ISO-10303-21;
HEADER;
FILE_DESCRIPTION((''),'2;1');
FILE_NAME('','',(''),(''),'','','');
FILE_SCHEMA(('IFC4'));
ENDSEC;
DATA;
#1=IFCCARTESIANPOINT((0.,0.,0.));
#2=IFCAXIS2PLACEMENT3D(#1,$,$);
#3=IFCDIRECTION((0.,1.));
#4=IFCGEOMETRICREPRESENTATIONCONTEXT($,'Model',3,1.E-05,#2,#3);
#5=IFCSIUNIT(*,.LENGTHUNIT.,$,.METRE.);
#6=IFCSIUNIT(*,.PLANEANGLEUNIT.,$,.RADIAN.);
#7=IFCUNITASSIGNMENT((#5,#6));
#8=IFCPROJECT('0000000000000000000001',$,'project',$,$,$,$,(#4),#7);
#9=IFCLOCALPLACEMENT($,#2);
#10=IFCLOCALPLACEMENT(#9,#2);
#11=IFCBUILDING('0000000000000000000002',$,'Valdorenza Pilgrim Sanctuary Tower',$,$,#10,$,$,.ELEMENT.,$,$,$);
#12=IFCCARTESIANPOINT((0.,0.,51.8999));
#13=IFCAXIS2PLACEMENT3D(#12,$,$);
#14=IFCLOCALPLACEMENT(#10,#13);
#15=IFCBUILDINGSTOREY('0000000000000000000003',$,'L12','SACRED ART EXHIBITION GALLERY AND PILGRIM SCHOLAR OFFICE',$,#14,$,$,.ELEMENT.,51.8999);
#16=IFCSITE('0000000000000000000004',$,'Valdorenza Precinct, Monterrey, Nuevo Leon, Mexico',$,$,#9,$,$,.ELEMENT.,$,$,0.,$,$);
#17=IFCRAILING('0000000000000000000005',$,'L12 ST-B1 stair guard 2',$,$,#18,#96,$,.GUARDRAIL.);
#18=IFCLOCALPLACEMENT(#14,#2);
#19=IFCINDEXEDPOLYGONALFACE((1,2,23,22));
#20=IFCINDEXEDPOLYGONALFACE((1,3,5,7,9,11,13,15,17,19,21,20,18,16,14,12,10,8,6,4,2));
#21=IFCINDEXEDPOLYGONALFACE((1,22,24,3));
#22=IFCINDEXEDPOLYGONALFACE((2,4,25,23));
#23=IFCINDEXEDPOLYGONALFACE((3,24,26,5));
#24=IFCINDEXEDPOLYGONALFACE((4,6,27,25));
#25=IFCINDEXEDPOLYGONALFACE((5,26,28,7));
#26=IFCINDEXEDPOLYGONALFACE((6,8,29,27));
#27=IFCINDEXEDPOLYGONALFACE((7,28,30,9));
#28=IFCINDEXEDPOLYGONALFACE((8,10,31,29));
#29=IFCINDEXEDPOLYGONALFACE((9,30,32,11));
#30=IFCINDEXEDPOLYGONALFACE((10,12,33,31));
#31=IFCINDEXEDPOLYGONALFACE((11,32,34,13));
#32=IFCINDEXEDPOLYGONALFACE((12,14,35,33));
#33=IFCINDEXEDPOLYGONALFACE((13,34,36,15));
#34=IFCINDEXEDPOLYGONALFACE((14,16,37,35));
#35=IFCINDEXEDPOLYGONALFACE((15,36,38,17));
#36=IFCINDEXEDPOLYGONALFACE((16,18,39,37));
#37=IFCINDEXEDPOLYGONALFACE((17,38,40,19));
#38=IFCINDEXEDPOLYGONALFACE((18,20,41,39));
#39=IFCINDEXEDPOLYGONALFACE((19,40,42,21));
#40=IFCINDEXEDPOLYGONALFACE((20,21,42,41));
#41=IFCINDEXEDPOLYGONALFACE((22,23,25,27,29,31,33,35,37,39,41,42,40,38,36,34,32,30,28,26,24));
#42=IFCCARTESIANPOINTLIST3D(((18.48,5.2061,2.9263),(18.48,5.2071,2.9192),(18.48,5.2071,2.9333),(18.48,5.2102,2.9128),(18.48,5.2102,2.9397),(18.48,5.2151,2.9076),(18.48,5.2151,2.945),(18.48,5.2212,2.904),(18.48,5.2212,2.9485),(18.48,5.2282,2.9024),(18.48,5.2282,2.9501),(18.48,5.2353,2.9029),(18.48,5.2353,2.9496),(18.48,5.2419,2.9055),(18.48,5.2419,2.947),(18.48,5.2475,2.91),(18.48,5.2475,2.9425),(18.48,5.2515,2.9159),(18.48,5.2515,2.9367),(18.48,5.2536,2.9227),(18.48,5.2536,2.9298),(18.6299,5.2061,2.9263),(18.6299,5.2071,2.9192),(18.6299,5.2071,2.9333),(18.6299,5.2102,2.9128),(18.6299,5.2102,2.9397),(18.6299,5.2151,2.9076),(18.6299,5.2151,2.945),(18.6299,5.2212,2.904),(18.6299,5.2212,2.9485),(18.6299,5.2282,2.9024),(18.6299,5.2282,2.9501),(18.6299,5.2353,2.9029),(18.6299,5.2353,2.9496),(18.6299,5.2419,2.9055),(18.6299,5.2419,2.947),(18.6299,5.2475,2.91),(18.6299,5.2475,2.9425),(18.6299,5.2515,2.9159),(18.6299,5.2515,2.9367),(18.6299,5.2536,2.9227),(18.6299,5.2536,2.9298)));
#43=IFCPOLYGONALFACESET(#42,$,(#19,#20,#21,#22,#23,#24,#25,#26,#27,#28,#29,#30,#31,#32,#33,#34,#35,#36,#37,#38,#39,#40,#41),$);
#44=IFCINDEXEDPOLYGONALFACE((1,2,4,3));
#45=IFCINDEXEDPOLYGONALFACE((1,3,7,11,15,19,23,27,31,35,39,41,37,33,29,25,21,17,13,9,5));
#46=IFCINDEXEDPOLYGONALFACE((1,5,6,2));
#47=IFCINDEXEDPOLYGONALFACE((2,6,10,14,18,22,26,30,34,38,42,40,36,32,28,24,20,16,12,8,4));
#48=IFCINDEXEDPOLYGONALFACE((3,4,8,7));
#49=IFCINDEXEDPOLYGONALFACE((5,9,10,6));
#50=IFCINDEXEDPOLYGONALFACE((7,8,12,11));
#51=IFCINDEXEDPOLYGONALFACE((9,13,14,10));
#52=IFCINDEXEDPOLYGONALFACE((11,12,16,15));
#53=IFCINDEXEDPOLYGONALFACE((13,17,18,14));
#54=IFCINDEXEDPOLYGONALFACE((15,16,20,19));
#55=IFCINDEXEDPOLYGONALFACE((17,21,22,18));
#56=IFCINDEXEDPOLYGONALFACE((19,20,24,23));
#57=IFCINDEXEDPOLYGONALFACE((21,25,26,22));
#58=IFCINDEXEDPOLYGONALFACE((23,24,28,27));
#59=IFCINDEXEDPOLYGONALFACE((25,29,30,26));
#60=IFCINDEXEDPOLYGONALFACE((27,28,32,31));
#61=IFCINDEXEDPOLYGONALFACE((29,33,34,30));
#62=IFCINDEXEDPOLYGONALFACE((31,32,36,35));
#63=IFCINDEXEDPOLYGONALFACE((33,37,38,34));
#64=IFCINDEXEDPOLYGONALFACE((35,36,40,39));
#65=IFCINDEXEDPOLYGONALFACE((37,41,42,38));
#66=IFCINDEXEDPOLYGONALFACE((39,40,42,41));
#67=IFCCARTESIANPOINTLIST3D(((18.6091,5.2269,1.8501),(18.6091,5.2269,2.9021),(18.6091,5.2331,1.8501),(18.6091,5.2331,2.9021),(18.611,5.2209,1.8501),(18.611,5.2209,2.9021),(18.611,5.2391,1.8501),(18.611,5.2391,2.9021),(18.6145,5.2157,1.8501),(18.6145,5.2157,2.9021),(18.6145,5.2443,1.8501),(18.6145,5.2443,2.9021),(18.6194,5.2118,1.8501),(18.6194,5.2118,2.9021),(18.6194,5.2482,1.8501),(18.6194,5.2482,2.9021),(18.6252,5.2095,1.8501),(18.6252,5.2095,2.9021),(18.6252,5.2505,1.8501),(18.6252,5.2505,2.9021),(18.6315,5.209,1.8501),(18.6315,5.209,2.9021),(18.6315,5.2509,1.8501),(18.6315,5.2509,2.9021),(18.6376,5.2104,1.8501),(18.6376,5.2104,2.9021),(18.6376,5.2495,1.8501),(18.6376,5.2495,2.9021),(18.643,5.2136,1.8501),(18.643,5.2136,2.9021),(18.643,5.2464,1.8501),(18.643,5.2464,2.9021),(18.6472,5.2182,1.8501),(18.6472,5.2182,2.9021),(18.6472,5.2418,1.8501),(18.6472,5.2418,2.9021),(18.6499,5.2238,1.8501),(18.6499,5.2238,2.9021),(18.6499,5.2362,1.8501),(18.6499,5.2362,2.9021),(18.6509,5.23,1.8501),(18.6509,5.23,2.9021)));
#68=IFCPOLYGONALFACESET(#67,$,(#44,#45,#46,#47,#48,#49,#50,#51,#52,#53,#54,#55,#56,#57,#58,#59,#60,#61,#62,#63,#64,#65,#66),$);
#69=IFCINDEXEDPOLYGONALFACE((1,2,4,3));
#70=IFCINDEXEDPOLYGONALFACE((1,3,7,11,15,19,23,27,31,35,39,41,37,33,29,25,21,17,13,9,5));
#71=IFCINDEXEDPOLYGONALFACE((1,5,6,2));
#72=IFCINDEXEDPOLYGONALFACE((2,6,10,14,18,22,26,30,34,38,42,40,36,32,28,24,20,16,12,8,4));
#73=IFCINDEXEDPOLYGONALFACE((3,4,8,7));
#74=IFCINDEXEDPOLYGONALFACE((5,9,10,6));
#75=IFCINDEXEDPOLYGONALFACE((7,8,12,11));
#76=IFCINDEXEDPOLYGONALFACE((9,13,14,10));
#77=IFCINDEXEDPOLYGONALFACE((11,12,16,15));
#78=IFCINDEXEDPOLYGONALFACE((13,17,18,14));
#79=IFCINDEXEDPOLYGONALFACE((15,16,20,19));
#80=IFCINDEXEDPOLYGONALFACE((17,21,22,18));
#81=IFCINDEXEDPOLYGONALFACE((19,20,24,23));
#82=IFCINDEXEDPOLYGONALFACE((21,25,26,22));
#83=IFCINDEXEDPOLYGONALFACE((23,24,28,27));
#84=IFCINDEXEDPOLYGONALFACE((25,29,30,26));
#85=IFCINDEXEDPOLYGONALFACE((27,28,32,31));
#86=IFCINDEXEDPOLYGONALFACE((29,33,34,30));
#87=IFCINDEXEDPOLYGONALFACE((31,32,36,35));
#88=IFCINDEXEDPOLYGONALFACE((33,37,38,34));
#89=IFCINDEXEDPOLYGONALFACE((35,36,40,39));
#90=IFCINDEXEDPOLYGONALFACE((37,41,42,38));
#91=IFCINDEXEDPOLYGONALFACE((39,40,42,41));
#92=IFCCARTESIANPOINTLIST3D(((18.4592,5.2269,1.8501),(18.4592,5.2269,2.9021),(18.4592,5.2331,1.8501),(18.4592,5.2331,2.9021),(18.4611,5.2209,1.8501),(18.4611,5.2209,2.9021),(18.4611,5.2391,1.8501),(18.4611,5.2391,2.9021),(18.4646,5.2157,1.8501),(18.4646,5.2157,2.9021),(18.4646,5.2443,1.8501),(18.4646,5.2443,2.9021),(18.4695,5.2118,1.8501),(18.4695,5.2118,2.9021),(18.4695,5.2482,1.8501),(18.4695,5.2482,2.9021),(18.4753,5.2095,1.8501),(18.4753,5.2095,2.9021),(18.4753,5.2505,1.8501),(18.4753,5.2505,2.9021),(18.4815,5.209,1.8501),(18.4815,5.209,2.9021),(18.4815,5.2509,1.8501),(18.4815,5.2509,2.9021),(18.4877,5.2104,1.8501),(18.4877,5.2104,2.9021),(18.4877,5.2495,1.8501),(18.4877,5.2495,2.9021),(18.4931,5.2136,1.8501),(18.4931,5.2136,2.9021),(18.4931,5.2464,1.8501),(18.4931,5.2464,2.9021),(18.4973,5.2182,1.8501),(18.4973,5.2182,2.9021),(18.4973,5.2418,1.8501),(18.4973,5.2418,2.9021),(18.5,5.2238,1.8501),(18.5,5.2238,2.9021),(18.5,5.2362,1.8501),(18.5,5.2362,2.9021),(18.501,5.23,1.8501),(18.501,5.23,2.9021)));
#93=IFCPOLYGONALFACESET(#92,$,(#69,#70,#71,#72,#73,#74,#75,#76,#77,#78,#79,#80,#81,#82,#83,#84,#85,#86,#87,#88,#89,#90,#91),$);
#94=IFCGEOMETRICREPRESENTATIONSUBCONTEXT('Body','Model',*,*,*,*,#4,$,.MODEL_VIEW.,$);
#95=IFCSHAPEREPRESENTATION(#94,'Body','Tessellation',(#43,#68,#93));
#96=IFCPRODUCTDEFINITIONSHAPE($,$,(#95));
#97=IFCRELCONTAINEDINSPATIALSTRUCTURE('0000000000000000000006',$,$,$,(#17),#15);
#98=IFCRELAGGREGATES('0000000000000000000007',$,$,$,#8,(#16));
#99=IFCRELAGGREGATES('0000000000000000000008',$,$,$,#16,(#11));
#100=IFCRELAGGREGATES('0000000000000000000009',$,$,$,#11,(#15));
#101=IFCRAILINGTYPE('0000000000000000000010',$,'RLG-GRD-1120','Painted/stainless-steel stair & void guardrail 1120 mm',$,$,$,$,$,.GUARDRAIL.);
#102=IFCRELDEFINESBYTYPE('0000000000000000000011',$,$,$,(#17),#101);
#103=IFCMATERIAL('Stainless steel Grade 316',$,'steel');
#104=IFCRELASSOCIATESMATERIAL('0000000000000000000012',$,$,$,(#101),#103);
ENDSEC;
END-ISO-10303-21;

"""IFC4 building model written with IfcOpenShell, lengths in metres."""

from ifc_helpers import new_model, si_unit, direction, frame, origin, origin_2d, place, context, subcontext, project, spatial, circle, extrude, material, type_object, element, save


model = new_model("IFC4")

# Units and contexts
model_context = context("Model", 3, precision=1e-05, world=origin(), true_north=direction((0.0, 1.0)))
body_context = subcontext(model_context, "Body", "Model", "MODEL_VIEW")
ifc_project = project(units=[si_unit("LENGTHUNIT", "METRE"), si_unit("PLANEANGLEUNIT", "RADIAN")], contexts=[model_context])

# Site, building, storey
site_placement = place(None, origin())
site = spatial("IfcSite", under=ifc_project, at=site_placement, Name="Valdorenza Precinct, Monterrey, Nuevo Leon, Mexico", CompositionType="ELEMENT", RefElevation=0.0)
building_placement = place(site_placement, origin())
building = spatial("IfcBuilding", under=site, at=building_placement, Name="Valdorenza Pilgrim Sanctuary Tower", CompositionType="ELEMENT")
storey_placement = place(building_placement, frame((0.0, 0.0, 51.8999)))
storey = spatial("IfcBuildingStorey", under=building, at=storey_placement, Name="L12", Description="SACRED ART EXHIBITION GALLERY AND PILGRIM SCHOLAR OFFICE", CompositionType="ELEMENT", Elevation=51.8999)

# Railing
ifc_material_1 = material(Name="Stainless steel Grade 316", Category="steel")
railing_type_1 = type_object("IfcRailingType", Name="RLG-GRD-1120", Description="Painted/stainless-steel stair & void guardrail 1120 mm", PredefinedType="GUARDRAIL", material=ifc_material_1)
railing_1_placement = place(storey_placement, frame((18.6299, 5.23, 1.8501)))
element("IfcRailing", 1, at=railing_1_placement, inside=storey, type_object=railing_type_1, Name="L12 ST-B1 stair guard 2", PredefinedType="GUARDRAIL", context=body_context, shape_type="SweptSolid", body=[
    extrude(circle(Radius=0.0239, at=origin_2d()), frame((0.0, 0.0, 1.0762), z_axis=(-1.0, 0.0, 0.0), x_axis=(0.0, -1.0, 0.0)), (0.0, 0.0, 1.0), 0.1499),
    extrude(circle(Radius=0.021, at=origin_2d()), origin(), (0.0, 0.0, 1.0), 1.052),
    extrude(circle(Radius=0.021, at=origin_2d()), frame((-0.1499, 0.0, 0.0)), (0.0, 0.0, 1.0), 1.052),
])

save(model, "model.ifc")
